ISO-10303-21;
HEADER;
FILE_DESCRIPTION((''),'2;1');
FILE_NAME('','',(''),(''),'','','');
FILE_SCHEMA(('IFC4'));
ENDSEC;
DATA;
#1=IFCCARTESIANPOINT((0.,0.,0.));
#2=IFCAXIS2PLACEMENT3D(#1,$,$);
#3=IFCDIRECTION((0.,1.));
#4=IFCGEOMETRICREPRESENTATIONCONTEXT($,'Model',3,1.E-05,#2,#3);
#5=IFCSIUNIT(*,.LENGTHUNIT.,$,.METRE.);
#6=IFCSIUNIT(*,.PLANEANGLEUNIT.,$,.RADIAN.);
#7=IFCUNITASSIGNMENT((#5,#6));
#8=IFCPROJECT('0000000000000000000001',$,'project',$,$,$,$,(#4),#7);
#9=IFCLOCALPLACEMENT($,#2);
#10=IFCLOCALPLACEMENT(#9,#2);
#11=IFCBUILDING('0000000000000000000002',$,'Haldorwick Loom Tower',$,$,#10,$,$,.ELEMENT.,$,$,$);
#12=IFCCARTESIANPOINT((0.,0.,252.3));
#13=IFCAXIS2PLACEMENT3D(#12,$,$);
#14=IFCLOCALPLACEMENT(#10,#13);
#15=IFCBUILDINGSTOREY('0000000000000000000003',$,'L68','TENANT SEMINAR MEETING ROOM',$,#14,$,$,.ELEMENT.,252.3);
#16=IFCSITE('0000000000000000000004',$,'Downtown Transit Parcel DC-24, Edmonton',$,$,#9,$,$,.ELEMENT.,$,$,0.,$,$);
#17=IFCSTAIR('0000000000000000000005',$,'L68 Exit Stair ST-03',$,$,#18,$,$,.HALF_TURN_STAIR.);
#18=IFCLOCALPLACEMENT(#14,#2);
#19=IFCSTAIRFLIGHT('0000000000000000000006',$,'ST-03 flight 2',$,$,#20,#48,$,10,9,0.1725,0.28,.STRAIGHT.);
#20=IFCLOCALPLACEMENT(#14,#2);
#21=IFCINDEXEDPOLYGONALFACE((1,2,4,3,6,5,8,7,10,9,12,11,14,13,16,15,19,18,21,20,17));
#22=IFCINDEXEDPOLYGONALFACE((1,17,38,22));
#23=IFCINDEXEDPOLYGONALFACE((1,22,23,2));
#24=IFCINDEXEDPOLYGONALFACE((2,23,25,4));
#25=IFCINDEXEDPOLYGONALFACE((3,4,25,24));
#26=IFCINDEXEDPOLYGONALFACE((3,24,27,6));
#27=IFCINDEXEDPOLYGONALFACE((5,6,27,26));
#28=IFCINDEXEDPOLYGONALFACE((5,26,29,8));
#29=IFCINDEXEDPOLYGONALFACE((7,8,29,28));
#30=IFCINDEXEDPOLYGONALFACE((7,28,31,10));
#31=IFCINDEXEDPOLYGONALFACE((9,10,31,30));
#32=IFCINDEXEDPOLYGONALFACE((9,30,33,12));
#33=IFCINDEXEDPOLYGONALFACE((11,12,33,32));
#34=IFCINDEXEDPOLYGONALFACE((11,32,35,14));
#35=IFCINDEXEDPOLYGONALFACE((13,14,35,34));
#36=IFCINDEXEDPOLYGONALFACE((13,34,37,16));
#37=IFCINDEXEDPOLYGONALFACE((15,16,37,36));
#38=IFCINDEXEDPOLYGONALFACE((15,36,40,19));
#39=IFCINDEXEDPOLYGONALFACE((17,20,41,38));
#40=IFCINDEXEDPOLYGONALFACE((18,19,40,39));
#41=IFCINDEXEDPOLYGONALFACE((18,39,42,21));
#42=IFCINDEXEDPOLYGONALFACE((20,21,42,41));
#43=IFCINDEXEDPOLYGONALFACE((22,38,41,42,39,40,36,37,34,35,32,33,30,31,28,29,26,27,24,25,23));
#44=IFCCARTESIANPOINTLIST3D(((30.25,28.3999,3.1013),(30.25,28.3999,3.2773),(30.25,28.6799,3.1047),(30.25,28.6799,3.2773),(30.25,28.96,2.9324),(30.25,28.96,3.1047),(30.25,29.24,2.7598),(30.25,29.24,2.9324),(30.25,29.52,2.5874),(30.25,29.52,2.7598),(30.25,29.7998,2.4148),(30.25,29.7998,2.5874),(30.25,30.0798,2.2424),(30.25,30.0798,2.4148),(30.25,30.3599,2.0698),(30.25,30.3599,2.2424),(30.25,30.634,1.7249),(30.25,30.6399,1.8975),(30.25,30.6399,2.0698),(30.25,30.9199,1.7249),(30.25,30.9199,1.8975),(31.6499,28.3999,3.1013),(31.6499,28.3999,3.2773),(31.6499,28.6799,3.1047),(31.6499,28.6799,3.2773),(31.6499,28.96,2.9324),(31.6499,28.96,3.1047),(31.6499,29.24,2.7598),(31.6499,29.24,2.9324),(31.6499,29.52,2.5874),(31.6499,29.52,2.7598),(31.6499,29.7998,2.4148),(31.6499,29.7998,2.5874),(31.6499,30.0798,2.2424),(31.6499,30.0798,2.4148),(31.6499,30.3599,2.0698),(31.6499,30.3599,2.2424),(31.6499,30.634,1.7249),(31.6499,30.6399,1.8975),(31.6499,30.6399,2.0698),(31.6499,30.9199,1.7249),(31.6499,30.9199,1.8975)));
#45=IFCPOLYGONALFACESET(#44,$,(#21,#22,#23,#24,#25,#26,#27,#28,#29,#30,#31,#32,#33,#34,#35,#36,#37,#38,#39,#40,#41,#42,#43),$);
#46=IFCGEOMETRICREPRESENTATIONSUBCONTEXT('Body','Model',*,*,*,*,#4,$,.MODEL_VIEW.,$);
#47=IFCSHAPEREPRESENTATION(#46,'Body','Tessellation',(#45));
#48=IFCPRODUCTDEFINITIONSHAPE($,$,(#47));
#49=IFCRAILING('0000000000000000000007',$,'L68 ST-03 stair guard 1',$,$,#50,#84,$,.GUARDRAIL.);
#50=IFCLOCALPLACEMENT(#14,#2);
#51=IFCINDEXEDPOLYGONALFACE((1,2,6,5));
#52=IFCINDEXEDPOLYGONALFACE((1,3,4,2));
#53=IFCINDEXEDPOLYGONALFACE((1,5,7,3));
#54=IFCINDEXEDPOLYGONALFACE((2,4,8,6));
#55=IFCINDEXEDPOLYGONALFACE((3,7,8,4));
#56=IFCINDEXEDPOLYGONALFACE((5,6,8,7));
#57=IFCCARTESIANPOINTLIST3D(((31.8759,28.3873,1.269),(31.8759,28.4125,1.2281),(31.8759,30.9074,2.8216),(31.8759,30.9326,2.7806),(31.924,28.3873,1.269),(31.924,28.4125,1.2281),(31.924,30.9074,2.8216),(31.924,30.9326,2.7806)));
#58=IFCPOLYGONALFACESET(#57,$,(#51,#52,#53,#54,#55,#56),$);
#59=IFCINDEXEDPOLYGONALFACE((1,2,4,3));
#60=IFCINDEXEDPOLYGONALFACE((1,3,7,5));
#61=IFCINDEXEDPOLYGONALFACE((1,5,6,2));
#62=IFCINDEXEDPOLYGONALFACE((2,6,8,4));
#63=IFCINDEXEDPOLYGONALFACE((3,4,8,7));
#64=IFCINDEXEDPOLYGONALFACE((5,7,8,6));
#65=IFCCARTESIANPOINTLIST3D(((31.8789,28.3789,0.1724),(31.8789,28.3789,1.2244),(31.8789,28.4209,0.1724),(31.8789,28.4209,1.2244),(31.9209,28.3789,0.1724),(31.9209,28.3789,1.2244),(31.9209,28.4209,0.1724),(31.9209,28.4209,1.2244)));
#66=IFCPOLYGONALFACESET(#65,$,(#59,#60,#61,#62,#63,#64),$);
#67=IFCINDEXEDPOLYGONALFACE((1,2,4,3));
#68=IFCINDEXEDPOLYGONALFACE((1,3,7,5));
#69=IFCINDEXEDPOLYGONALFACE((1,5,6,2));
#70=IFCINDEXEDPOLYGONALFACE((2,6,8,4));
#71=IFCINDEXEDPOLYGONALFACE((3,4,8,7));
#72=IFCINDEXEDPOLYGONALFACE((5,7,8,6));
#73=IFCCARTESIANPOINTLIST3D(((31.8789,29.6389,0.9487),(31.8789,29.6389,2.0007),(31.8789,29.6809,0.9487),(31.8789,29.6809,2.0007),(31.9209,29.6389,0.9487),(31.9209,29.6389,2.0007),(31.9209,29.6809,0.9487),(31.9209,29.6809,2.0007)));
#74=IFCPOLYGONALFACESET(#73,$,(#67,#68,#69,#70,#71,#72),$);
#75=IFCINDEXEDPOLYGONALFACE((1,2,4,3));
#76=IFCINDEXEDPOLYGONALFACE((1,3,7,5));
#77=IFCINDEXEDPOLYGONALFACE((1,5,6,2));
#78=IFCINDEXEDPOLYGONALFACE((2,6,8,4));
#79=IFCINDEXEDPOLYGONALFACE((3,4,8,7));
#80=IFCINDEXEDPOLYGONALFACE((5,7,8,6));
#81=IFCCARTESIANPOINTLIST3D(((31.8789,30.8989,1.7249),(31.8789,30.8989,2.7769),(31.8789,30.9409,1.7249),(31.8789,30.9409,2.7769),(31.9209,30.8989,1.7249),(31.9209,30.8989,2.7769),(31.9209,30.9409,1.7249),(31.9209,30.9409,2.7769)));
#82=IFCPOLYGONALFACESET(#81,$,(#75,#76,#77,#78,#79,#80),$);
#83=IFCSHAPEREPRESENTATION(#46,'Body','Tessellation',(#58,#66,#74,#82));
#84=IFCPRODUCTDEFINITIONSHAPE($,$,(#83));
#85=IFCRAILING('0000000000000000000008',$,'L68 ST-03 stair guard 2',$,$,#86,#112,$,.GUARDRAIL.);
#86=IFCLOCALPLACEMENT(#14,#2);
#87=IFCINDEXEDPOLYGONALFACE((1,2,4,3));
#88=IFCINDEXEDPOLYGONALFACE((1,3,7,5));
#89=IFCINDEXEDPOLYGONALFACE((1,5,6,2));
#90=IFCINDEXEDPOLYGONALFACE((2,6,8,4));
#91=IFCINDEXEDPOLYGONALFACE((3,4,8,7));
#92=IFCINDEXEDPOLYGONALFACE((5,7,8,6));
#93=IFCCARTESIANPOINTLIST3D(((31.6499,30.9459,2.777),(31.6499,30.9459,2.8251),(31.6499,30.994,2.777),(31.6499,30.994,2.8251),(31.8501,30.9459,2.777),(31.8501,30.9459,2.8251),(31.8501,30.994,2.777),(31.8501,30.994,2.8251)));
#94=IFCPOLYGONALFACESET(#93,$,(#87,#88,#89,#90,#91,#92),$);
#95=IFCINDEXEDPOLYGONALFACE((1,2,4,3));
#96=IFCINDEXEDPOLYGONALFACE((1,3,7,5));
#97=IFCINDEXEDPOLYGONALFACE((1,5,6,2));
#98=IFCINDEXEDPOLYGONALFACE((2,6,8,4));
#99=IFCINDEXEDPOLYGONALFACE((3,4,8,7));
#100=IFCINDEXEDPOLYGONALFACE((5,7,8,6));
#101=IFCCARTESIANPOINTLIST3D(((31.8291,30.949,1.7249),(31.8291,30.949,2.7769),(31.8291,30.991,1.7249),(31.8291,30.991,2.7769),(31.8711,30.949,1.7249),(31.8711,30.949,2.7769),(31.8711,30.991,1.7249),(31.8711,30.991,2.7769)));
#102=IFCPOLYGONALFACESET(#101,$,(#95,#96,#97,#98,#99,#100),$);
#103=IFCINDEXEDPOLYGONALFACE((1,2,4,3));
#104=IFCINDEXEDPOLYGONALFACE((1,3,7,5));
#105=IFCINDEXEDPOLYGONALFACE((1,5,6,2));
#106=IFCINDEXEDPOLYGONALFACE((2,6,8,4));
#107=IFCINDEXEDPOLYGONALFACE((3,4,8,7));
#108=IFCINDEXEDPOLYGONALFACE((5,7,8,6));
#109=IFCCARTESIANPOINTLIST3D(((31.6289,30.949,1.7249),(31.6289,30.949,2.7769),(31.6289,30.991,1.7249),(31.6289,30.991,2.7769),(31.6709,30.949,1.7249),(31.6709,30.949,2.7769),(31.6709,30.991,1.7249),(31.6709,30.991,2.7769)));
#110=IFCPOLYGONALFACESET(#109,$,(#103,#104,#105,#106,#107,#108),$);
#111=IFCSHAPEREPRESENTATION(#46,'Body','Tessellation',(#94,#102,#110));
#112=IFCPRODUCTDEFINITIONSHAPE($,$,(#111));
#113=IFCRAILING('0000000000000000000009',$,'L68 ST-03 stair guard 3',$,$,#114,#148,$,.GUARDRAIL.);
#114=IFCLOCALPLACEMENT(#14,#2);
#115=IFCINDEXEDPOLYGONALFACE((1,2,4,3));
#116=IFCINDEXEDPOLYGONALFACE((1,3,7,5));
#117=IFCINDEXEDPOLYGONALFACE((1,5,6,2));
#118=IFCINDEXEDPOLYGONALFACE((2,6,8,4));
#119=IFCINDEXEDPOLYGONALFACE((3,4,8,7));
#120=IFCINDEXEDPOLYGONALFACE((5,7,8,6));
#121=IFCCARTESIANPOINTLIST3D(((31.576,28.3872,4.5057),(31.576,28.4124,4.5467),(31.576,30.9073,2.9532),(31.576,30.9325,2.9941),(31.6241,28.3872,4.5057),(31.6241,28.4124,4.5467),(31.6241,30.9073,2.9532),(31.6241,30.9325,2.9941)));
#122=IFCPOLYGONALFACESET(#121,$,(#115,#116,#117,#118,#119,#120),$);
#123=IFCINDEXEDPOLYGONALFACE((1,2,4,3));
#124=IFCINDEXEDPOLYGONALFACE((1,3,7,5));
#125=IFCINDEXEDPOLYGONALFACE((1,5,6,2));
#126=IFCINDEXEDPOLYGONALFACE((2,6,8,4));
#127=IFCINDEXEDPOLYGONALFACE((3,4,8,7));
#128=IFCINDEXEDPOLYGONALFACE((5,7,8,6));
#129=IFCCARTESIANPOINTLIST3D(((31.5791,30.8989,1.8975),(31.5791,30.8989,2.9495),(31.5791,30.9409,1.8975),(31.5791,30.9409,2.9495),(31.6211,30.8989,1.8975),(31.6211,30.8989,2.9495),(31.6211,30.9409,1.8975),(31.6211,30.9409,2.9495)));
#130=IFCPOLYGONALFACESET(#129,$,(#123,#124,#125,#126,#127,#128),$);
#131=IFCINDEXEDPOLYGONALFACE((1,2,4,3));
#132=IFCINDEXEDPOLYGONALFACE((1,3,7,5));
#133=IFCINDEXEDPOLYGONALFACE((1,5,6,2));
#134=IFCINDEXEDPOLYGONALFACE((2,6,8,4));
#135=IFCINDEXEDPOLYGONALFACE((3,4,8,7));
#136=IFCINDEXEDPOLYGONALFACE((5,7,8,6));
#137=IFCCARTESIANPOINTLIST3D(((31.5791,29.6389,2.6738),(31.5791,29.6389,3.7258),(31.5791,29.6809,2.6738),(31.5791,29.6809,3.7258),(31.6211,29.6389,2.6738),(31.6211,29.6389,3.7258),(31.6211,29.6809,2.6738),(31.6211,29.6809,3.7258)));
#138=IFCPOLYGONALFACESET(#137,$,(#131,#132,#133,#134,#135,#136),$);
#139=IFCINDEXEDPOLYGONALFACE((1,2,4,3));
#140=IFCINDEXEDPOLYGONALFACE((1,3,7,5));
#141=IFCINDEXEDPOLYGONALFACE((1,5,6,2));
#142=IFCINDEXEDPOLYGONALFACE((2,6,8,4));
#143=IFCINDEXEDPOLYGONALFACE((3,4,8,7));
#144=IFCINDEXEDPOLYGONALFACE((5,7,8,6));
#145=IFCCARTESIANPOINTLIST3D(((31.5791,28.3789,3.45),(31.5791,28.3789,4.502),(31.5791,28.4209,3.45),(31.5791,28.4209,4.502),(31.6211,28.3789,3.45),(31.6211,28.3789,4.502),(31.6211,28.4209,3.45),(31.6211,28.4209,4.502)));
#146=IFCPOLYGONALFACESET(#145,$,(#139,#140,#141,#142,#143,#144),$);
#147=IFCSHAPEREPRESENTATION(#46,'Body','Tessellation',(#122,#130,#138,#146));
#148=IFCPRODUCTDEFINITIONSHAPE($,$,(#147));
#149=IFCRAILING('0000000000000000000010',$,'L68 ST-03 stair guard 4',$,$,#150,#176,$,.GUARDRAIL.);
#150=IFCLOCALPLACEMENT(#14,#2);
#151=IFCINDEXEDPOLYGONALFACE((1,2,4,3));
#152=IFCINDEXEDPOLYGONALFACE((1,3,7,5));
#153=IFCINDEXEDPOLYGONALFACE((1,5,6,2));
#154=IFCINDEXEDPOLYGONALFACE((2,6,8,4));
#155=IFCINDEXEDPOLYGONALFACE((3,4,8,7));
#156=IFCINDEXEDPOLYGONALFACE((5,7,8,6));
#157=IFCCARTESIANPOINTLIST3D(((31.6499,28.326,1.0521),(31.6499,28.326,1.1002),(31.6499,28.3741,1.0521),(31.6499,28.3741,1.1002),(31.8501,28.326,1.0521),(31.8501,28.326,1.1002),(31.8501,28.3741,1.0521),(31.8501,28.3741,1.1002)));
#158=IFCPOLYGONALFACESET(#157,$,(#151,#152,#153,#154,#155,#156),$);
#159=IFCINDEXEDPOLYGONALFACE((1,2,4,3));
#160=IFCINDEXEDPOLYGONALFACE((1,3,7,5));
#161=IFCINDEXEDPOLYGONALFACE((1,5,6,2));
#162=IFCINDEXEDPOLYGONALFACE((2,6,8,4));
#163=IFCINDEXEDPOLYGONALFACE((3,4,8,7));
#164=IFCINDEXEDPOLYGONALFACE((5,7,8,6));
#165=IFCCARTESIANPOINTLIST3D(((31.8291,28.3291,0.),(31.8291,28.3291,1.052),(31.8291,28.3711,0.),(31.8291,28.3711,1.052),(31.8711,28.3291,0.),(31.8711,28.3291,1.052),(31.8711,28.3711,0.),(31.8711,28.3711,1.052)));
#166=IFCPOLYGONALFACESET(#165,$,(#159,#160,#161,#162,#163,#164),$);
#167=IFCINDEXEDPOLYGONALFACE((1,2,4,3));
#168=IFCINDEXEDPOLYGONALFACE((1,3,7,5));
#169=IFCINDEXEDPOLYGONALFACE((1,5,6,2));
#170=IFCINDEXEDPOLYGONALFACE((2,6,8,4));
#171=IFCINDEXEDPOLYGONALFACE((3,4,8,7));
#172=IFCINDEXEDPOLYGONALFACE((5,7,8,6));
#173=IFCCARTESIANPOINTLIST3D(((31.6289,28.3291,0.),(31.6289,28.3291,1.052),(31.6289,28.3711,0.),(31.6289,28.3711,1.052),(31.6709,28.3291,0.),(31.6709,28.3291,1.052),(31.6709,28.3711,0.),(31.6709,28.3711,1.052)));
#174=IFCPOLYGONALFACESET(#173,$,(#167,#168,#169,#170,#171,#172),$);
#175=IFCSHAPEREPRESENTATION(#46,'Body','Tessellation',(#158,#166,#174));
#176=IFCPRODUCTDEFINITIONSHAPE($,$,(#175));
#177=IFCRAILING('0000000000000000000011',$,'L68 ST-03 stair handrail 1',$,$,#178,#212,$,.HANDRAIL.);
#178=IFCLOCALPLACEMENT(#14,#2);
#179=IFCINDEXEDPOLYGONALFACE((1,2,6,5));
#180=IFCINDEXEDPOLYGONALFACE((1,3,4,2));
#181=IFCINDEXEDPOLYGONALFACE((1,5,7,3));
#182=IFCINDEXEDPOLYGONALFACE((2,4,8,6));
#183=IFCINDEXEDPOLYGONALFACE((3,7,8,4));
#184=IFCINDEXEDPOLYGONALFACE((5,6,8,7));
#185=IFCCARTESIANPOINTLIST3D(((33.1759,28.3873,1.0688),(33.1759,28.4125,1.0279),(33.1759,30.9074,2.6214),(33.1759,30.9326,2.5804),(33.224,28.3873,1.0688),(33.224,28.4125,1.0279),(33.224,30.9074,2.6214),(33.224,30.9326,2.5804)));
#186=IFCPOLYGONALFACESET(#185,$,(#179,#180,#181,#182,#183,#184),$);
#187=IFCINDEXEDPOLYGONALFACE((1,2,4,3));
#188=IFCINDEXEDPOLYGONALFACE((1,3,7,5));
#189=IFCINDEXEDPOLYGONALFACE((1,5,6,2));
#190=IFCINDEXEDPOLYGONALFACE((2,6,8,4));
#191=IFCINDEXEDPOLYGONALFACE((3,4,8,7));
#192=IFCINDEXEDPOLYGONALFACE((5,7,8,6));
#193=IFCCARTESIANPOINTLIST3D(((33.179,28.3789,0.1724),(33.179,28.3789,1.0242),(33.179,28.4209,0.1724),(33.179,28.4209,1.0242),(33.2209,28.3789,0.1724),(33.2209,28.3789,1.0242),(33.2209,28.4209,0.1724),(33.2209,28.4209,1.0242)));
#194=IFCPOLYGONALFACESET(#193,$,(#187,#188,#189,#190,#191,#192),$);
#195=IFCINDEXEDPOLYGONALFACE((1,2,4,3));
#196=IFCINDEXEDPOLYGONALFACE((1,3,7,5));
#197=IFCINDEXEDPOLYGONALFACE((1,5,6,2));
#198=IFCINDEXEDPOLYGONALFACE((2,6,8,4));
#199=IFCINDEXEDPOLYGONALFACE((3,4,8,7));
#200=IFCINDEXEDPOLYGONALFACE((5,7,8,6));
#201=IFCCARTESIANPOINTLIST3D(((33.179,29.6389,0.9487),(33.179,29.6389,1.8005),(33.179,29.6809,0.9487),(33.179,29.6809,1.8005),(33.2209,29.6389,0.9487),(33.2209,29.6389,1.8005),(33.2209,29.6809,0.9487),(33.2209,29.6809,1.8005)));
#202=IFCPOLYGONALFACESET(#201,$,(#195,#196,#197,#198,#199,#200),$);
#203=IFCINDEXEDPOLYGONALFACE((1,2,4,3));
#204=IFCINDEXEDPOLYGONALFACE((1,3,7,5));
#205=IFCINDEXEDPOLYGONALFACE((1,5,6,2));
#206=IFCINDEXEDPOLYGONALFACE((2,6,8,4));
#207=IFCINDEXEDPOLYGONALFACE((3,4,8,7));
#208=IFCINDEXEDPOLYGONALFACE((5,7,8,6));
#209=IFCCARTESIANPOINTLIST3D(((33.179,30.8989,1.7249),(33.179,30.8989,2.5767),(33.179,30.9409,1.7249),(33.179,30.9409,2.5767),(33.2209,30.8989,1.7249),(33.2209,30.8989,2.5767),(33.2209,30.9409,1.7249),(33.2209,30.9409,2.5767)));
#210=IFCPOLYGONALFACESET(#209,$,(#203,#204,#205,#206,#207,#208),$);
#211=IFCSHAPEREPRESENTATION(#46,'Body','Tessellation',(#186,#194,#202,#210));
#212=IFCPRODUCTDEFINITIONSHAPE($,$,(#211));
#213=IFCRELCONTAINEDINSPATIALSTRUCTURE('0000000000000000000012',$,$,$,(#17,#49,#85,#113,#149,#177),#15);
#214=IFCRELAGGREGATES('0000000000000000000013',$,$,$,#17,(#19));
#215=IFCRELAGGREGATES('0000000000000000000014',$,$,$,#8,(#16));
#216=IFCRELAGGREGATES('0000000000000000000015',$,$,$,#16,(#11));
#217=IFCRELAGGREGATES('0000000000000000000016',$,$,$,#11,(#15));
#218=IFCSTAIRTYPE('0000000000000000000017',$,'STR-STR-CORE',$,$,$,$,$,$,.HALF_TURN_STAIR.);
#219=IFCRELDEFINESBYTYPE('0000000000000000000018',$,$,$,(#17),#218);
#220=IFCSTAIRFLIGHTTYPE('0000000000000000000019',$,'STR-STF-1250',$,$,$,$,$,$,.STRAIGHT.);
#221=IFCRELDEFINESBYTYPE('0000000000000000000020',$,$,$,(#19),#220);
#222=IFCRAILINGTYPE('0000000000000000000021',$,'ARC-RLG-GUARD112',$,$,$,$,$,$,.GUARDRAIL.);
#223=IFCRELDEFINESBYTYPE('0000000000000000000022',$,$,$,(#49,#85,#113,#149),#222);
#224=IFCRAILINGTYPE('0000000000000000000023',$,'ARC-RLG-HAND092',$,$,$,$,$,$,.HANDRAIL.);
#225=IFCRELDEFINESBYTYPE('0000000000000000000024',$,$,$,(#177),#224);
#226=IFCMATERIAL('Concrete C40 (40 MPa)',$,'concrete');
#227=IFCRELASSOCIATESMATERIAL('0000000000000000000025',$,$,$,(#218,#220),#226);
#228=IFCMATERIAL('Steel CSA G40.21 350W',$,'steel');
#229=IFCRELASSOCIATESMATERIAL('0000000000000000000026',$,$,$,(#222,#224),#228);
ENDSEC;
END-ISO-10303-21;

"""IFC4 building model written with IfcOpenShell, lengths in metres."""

from ifc_helpers import new_model, si_unit, direction, frame, origin, origin_2d, place, context, subcontext, project, spatial, polyline, rectangle, outline, extrude, material, type_object, element, aggregate, save


model = new_model("IFC4")

# Units and contexts
model_context = context("Model", 3, precision=1e-05, world=origin(), true_north=direction((0.0, 1.0)))
body_context = subcontext(model_context, "Body", "Model", "MODEL_VIEW")
ifc_project = project(units=[si_unit("LENGTHUNIT", "METRE"), si_unit("PLANEANGLEUNIT", "RADIAN")], contexts=[model_context])

# Site, building, storey
site_placement = place(None, origin())
site = spatial("IfcSite", under=ifc_project, at=site_placement, Name="Downtown Transit Parcel DC-24, Edmonton", CompositionType="ELEMENT", RefElevation=0.0)
building_placement = place(site_placement, origin())
building = spatial("IfcBuilding", under=site, at=building_placement, Name="Haldorwick Loom Tower", CompositionType="ELEMENT")
storey_placement = place(building_placement, frame((0.0, 0.0, 252.3)))
storey = spatial("IfcBuildingStorey", under=building, at=storey_placement, Name="L68", Description="TENANT SEMINAR MEETING ROOM", CompositionType="ELEMENT", Elevation=252.3)

# Shared definitions
ifc_material_1 = material(Name="Steel CSA G40.21 350W", Category="steel")

# Stair, stair flight
ifc_material_2 = material(Name="Concrete C40 (40 MPa)", Category="concrete")
stair_type = type_object("IfcStairType", Name="STR-STR-CORE", PredefinedType="HALF_TURN_STAIR", material=ifc_material_2)
stair_placement = place(storey_placement, origin())
stair = element("IfcStair", 1, at=stair_placement, inside=storey, type_object=stair_type, Name="L68 Exit Stair ST-03", PredefinedType="HALF_TURN_STAIR")
stair_flight_type = type_object("IfcStairFlightType", Name="STR-STF-1250", PredefinedType="STRAIGHT", material=ifc_material_2)
stair_flight_1_placement = place(storey_placement, frame((30.95, 30.9199, 1.7249), z_axis=(0.0, 0.0, 1.0), x_axis=(0.0, -1.0, 0.0)))
stair_flight_1 = element("IfcStairFlight", 2, at=stair_flight_1_placement, type_object=stair_flight_type, Name="ST-03 flight 2", NumberOfRisers=10, NumberOfTreads=9, PredefinedType="STRAIGHT", RiserHeight=0.1725, TreadLength=0.28, context=body_context, shape_type="SweptSolid", body=[
    extrude(outline(polyline([(0.0, 0.0), (0.0, 0.1726), (0.28, 0.1726), (0.28, 0.345), (0.5601, 0.345), (0.5601, 0.5176), (0.8401, 0.5176), (0.8401, 0.6899), (1.1201, 0.6899), (1.1201, 0.8625), (1.3999, 0.8625), (1.3999, 1.0349), (1.6799, 1.0349), (1.6799, 1.2075), (1.96, 1.2075), (1.96, 1.3799), (2.24, 1.3799), (2.24, 1.5525), (2.52, 1.5525), (2.52, 1.7251), (2.52, 1.3765), (0.2859, 0.0), (0.0, 0.0)])), frame((0.0, 0.7, 0.0), z_axis=(0.0, -1.0, 0.0), x_axis=(1.0, 0.0, 0.0)), (0.0, 0.0, 1.0), 1.3999),
])
aggregate(stair, [stair_flight_1])

# Railings
railing_type_1 = type_object("IfcRailingType", Name="ARC-RLG-GUARD112", PredefinedType="GUARDRAIL", material=ifc_material_1)
railing_1_placement = place(storey_placement, frame((31.8999, 28.3999, 0.1724)))
element("IfcRailing", 3, at=railing_1_placement, inside=storey, type_object=railing_type_1, Name="L68 ST-03 stair guard 1", PredefinedType="GUARDRAIL", context=body_context, shape_type="SweptSolid", body=[
    extrude(rectangle(XDim=0.0481, YDim=0.0481, at=origin_2d()), frame((0.0, 0.0, 1.0762), z_axis=(0.0, 0.8514, 0.524516), x_axis=(-1.0, 0.0, 0.0)), (0.0, 0.0, 1.0), 2.96),
    extrude(rectangle(XDim=0.042, YDim=0.042, at=origin_2d()), origin(), (0.0, 0.0, 1.0), 1.052),
    extrude(rectangle(XDim=0.042, YDim=0.042, at=origin_2d()), frame((0.0, 1.26, 0.7764)), (0.0, 0.0, 1.0), 1.052),
    extrude(rectangle(XDim=0.042, YDim=0.042, at=origin_2d()), frame((0.0, 2.52, 1.5525)), (0.0, 0.0, 1.0), 1.052),
])
railing_2_placement = place(storey_placement, frame((31.8501, 30.97, 1.7249)))
element("IfcRailing", 4, at=railing_2_placement, inside=storey, type_object=railing_type_1, Name="L68 ST-03 stair guard 2", PredefinedType="GUARDRAIL", context=body_context, shape_type="SweptSolid", body=[
    extrude(rectangle(XDim=0.0481, YDim=0.0481, at=origin_2d()), frame((0.0, 0.0, 1.0762), z_axis=(-1.0, 0.0, 0.0), x_axis=(0.0, -1.0, 0.0)), (0.0, 0.0, 1.0), 0.2002),
    extrude(rectangle(XDim=0.042, YDim=0.042, at=origin_2d()), origin(), (0.0, 0.0, 1.0), 1.052),
    extrude(rectangle(XDim=0.042, YDim=0.042, at=origin_2d()), frame((-0.2002, 0.0, 0.0)), (0.0, 0.0, 1.0), 1.052),
])
railing_3_placement = place(storey_placement, frame((31.6001, 30.9199, 1.8975)))
element("IfcRailing", 5, at=railing_3_placement, inside=storey, type_object=railing_type_1, Name="L68 ST-03 stair guard 3", PredefinedType="GUARDRAIL", context=body_context, shape_type="SweptSolid", body=[
    extrude(rectangle(XDim=0.0481, YDim=0.0481, at=origin_2d()), frame((0.0, 0.0, 1.0762), z_axis=(0.0, -0.8514, 0.524516), x_axis=(1.0, 0.0, 0.0)), (0.0, 0.0, 1.0), 2.96),
    extrude(rectangle(XDim=0.042, YDim=0.042, at=origin_2d()), origin(), (0.0, 0.0, 1.0), 1.052),
    extrude(rectangle(XDim=0.042, YDim=0.042, at=origin_2d()), frame((0.0, -1.26, 0.7764)), (0.0, 0.0, 1.0), 1.052),
    extrude(rectangle(XDim=0.042, YDim=0.042, at=origin_2d()), frame((0.0, -2.52, 1.5525)), (0.0, 0.0, 1.0), 1.052),
])
railing_4_placement = place(storey_placement, frame((31.8501, 28.3501, 0.0)))
element("IfcRailing", 6, at=railing_4_placement, inside=storey, type_object=railing_type_1, Name="L68 ST-03 stair guard 4", PredefinedType="GUARDRAIL", context=body_context, shape_type="SweptSolid", body=[
    extrude(rectangle(XDim=0.0481, YDim=0.0481, at=origin_2d()), frame((0.0, 0.0, 1.0762), z_axis=(-1.0, 0.0, 0.0), x_axis=(0.0, -1.0, 0.0)), (0.0, 0.0, 1.0), 0.2002),
    extrude(rectangle(XDim=0.042, YDim=0.042, at=origin_2d()), origin(), (0.0, 0.0, 1.0), 1.052),
    extrude(rectangle(XDim=0.042, YDim=0.042, at=origin_2d()), frame((-0.2002, 0.0, 0.0)), (0.0, 0.0, 1.0), 1.052),
])
railing_type_2 = type_object("IfcRailingType", Name="ARC-RLG-HAND092", PredefinedType="HANDRAIL", material=ifc_material_1)
railing_5_placement = place(storey_placement, frame((33.2, 28.3999, 0.1724)))
element("IfcRailing", 7, at=railing_5_placement, inside=storey, type_object=railing_type_2, Name="L68 ST-03 stair handrail 1", PredefinedType="HANDRAIL", context=body_context, shape_type="SweptSolid", body=[
    extrude(rectangle(XDim=0.0481, YDim=0.0481, at=origin_2d()), frame((0.0, 0.0, 0.876), z_axis=(0.0, 0.8514, 0.524516), x_axis=(-1.0, 0.0, 0.0)), (0.0, 0.0, 1.0), 2.96),
    extrude(rectangle(XDim=0.042, YDim=0.042, at=origin_2d()), origin(), (0.0, 0.0, 1.0), 0.8518),
    extrude(rectangle(XDim=0.042, YDim=0.042, at=origin_2d()), frame((0.0, 1.26, 0.7764)), (0.0, 0.0, 1.0), 0.8518),
    extrude(rectangle(XDim=0.042, YDim=0.042, at=origin_2d()), frame((0.0, 2.52, 1.5525)), (0.0, 0.0, 1.0), 0.8518),
])

save(model, "model.ifc")
